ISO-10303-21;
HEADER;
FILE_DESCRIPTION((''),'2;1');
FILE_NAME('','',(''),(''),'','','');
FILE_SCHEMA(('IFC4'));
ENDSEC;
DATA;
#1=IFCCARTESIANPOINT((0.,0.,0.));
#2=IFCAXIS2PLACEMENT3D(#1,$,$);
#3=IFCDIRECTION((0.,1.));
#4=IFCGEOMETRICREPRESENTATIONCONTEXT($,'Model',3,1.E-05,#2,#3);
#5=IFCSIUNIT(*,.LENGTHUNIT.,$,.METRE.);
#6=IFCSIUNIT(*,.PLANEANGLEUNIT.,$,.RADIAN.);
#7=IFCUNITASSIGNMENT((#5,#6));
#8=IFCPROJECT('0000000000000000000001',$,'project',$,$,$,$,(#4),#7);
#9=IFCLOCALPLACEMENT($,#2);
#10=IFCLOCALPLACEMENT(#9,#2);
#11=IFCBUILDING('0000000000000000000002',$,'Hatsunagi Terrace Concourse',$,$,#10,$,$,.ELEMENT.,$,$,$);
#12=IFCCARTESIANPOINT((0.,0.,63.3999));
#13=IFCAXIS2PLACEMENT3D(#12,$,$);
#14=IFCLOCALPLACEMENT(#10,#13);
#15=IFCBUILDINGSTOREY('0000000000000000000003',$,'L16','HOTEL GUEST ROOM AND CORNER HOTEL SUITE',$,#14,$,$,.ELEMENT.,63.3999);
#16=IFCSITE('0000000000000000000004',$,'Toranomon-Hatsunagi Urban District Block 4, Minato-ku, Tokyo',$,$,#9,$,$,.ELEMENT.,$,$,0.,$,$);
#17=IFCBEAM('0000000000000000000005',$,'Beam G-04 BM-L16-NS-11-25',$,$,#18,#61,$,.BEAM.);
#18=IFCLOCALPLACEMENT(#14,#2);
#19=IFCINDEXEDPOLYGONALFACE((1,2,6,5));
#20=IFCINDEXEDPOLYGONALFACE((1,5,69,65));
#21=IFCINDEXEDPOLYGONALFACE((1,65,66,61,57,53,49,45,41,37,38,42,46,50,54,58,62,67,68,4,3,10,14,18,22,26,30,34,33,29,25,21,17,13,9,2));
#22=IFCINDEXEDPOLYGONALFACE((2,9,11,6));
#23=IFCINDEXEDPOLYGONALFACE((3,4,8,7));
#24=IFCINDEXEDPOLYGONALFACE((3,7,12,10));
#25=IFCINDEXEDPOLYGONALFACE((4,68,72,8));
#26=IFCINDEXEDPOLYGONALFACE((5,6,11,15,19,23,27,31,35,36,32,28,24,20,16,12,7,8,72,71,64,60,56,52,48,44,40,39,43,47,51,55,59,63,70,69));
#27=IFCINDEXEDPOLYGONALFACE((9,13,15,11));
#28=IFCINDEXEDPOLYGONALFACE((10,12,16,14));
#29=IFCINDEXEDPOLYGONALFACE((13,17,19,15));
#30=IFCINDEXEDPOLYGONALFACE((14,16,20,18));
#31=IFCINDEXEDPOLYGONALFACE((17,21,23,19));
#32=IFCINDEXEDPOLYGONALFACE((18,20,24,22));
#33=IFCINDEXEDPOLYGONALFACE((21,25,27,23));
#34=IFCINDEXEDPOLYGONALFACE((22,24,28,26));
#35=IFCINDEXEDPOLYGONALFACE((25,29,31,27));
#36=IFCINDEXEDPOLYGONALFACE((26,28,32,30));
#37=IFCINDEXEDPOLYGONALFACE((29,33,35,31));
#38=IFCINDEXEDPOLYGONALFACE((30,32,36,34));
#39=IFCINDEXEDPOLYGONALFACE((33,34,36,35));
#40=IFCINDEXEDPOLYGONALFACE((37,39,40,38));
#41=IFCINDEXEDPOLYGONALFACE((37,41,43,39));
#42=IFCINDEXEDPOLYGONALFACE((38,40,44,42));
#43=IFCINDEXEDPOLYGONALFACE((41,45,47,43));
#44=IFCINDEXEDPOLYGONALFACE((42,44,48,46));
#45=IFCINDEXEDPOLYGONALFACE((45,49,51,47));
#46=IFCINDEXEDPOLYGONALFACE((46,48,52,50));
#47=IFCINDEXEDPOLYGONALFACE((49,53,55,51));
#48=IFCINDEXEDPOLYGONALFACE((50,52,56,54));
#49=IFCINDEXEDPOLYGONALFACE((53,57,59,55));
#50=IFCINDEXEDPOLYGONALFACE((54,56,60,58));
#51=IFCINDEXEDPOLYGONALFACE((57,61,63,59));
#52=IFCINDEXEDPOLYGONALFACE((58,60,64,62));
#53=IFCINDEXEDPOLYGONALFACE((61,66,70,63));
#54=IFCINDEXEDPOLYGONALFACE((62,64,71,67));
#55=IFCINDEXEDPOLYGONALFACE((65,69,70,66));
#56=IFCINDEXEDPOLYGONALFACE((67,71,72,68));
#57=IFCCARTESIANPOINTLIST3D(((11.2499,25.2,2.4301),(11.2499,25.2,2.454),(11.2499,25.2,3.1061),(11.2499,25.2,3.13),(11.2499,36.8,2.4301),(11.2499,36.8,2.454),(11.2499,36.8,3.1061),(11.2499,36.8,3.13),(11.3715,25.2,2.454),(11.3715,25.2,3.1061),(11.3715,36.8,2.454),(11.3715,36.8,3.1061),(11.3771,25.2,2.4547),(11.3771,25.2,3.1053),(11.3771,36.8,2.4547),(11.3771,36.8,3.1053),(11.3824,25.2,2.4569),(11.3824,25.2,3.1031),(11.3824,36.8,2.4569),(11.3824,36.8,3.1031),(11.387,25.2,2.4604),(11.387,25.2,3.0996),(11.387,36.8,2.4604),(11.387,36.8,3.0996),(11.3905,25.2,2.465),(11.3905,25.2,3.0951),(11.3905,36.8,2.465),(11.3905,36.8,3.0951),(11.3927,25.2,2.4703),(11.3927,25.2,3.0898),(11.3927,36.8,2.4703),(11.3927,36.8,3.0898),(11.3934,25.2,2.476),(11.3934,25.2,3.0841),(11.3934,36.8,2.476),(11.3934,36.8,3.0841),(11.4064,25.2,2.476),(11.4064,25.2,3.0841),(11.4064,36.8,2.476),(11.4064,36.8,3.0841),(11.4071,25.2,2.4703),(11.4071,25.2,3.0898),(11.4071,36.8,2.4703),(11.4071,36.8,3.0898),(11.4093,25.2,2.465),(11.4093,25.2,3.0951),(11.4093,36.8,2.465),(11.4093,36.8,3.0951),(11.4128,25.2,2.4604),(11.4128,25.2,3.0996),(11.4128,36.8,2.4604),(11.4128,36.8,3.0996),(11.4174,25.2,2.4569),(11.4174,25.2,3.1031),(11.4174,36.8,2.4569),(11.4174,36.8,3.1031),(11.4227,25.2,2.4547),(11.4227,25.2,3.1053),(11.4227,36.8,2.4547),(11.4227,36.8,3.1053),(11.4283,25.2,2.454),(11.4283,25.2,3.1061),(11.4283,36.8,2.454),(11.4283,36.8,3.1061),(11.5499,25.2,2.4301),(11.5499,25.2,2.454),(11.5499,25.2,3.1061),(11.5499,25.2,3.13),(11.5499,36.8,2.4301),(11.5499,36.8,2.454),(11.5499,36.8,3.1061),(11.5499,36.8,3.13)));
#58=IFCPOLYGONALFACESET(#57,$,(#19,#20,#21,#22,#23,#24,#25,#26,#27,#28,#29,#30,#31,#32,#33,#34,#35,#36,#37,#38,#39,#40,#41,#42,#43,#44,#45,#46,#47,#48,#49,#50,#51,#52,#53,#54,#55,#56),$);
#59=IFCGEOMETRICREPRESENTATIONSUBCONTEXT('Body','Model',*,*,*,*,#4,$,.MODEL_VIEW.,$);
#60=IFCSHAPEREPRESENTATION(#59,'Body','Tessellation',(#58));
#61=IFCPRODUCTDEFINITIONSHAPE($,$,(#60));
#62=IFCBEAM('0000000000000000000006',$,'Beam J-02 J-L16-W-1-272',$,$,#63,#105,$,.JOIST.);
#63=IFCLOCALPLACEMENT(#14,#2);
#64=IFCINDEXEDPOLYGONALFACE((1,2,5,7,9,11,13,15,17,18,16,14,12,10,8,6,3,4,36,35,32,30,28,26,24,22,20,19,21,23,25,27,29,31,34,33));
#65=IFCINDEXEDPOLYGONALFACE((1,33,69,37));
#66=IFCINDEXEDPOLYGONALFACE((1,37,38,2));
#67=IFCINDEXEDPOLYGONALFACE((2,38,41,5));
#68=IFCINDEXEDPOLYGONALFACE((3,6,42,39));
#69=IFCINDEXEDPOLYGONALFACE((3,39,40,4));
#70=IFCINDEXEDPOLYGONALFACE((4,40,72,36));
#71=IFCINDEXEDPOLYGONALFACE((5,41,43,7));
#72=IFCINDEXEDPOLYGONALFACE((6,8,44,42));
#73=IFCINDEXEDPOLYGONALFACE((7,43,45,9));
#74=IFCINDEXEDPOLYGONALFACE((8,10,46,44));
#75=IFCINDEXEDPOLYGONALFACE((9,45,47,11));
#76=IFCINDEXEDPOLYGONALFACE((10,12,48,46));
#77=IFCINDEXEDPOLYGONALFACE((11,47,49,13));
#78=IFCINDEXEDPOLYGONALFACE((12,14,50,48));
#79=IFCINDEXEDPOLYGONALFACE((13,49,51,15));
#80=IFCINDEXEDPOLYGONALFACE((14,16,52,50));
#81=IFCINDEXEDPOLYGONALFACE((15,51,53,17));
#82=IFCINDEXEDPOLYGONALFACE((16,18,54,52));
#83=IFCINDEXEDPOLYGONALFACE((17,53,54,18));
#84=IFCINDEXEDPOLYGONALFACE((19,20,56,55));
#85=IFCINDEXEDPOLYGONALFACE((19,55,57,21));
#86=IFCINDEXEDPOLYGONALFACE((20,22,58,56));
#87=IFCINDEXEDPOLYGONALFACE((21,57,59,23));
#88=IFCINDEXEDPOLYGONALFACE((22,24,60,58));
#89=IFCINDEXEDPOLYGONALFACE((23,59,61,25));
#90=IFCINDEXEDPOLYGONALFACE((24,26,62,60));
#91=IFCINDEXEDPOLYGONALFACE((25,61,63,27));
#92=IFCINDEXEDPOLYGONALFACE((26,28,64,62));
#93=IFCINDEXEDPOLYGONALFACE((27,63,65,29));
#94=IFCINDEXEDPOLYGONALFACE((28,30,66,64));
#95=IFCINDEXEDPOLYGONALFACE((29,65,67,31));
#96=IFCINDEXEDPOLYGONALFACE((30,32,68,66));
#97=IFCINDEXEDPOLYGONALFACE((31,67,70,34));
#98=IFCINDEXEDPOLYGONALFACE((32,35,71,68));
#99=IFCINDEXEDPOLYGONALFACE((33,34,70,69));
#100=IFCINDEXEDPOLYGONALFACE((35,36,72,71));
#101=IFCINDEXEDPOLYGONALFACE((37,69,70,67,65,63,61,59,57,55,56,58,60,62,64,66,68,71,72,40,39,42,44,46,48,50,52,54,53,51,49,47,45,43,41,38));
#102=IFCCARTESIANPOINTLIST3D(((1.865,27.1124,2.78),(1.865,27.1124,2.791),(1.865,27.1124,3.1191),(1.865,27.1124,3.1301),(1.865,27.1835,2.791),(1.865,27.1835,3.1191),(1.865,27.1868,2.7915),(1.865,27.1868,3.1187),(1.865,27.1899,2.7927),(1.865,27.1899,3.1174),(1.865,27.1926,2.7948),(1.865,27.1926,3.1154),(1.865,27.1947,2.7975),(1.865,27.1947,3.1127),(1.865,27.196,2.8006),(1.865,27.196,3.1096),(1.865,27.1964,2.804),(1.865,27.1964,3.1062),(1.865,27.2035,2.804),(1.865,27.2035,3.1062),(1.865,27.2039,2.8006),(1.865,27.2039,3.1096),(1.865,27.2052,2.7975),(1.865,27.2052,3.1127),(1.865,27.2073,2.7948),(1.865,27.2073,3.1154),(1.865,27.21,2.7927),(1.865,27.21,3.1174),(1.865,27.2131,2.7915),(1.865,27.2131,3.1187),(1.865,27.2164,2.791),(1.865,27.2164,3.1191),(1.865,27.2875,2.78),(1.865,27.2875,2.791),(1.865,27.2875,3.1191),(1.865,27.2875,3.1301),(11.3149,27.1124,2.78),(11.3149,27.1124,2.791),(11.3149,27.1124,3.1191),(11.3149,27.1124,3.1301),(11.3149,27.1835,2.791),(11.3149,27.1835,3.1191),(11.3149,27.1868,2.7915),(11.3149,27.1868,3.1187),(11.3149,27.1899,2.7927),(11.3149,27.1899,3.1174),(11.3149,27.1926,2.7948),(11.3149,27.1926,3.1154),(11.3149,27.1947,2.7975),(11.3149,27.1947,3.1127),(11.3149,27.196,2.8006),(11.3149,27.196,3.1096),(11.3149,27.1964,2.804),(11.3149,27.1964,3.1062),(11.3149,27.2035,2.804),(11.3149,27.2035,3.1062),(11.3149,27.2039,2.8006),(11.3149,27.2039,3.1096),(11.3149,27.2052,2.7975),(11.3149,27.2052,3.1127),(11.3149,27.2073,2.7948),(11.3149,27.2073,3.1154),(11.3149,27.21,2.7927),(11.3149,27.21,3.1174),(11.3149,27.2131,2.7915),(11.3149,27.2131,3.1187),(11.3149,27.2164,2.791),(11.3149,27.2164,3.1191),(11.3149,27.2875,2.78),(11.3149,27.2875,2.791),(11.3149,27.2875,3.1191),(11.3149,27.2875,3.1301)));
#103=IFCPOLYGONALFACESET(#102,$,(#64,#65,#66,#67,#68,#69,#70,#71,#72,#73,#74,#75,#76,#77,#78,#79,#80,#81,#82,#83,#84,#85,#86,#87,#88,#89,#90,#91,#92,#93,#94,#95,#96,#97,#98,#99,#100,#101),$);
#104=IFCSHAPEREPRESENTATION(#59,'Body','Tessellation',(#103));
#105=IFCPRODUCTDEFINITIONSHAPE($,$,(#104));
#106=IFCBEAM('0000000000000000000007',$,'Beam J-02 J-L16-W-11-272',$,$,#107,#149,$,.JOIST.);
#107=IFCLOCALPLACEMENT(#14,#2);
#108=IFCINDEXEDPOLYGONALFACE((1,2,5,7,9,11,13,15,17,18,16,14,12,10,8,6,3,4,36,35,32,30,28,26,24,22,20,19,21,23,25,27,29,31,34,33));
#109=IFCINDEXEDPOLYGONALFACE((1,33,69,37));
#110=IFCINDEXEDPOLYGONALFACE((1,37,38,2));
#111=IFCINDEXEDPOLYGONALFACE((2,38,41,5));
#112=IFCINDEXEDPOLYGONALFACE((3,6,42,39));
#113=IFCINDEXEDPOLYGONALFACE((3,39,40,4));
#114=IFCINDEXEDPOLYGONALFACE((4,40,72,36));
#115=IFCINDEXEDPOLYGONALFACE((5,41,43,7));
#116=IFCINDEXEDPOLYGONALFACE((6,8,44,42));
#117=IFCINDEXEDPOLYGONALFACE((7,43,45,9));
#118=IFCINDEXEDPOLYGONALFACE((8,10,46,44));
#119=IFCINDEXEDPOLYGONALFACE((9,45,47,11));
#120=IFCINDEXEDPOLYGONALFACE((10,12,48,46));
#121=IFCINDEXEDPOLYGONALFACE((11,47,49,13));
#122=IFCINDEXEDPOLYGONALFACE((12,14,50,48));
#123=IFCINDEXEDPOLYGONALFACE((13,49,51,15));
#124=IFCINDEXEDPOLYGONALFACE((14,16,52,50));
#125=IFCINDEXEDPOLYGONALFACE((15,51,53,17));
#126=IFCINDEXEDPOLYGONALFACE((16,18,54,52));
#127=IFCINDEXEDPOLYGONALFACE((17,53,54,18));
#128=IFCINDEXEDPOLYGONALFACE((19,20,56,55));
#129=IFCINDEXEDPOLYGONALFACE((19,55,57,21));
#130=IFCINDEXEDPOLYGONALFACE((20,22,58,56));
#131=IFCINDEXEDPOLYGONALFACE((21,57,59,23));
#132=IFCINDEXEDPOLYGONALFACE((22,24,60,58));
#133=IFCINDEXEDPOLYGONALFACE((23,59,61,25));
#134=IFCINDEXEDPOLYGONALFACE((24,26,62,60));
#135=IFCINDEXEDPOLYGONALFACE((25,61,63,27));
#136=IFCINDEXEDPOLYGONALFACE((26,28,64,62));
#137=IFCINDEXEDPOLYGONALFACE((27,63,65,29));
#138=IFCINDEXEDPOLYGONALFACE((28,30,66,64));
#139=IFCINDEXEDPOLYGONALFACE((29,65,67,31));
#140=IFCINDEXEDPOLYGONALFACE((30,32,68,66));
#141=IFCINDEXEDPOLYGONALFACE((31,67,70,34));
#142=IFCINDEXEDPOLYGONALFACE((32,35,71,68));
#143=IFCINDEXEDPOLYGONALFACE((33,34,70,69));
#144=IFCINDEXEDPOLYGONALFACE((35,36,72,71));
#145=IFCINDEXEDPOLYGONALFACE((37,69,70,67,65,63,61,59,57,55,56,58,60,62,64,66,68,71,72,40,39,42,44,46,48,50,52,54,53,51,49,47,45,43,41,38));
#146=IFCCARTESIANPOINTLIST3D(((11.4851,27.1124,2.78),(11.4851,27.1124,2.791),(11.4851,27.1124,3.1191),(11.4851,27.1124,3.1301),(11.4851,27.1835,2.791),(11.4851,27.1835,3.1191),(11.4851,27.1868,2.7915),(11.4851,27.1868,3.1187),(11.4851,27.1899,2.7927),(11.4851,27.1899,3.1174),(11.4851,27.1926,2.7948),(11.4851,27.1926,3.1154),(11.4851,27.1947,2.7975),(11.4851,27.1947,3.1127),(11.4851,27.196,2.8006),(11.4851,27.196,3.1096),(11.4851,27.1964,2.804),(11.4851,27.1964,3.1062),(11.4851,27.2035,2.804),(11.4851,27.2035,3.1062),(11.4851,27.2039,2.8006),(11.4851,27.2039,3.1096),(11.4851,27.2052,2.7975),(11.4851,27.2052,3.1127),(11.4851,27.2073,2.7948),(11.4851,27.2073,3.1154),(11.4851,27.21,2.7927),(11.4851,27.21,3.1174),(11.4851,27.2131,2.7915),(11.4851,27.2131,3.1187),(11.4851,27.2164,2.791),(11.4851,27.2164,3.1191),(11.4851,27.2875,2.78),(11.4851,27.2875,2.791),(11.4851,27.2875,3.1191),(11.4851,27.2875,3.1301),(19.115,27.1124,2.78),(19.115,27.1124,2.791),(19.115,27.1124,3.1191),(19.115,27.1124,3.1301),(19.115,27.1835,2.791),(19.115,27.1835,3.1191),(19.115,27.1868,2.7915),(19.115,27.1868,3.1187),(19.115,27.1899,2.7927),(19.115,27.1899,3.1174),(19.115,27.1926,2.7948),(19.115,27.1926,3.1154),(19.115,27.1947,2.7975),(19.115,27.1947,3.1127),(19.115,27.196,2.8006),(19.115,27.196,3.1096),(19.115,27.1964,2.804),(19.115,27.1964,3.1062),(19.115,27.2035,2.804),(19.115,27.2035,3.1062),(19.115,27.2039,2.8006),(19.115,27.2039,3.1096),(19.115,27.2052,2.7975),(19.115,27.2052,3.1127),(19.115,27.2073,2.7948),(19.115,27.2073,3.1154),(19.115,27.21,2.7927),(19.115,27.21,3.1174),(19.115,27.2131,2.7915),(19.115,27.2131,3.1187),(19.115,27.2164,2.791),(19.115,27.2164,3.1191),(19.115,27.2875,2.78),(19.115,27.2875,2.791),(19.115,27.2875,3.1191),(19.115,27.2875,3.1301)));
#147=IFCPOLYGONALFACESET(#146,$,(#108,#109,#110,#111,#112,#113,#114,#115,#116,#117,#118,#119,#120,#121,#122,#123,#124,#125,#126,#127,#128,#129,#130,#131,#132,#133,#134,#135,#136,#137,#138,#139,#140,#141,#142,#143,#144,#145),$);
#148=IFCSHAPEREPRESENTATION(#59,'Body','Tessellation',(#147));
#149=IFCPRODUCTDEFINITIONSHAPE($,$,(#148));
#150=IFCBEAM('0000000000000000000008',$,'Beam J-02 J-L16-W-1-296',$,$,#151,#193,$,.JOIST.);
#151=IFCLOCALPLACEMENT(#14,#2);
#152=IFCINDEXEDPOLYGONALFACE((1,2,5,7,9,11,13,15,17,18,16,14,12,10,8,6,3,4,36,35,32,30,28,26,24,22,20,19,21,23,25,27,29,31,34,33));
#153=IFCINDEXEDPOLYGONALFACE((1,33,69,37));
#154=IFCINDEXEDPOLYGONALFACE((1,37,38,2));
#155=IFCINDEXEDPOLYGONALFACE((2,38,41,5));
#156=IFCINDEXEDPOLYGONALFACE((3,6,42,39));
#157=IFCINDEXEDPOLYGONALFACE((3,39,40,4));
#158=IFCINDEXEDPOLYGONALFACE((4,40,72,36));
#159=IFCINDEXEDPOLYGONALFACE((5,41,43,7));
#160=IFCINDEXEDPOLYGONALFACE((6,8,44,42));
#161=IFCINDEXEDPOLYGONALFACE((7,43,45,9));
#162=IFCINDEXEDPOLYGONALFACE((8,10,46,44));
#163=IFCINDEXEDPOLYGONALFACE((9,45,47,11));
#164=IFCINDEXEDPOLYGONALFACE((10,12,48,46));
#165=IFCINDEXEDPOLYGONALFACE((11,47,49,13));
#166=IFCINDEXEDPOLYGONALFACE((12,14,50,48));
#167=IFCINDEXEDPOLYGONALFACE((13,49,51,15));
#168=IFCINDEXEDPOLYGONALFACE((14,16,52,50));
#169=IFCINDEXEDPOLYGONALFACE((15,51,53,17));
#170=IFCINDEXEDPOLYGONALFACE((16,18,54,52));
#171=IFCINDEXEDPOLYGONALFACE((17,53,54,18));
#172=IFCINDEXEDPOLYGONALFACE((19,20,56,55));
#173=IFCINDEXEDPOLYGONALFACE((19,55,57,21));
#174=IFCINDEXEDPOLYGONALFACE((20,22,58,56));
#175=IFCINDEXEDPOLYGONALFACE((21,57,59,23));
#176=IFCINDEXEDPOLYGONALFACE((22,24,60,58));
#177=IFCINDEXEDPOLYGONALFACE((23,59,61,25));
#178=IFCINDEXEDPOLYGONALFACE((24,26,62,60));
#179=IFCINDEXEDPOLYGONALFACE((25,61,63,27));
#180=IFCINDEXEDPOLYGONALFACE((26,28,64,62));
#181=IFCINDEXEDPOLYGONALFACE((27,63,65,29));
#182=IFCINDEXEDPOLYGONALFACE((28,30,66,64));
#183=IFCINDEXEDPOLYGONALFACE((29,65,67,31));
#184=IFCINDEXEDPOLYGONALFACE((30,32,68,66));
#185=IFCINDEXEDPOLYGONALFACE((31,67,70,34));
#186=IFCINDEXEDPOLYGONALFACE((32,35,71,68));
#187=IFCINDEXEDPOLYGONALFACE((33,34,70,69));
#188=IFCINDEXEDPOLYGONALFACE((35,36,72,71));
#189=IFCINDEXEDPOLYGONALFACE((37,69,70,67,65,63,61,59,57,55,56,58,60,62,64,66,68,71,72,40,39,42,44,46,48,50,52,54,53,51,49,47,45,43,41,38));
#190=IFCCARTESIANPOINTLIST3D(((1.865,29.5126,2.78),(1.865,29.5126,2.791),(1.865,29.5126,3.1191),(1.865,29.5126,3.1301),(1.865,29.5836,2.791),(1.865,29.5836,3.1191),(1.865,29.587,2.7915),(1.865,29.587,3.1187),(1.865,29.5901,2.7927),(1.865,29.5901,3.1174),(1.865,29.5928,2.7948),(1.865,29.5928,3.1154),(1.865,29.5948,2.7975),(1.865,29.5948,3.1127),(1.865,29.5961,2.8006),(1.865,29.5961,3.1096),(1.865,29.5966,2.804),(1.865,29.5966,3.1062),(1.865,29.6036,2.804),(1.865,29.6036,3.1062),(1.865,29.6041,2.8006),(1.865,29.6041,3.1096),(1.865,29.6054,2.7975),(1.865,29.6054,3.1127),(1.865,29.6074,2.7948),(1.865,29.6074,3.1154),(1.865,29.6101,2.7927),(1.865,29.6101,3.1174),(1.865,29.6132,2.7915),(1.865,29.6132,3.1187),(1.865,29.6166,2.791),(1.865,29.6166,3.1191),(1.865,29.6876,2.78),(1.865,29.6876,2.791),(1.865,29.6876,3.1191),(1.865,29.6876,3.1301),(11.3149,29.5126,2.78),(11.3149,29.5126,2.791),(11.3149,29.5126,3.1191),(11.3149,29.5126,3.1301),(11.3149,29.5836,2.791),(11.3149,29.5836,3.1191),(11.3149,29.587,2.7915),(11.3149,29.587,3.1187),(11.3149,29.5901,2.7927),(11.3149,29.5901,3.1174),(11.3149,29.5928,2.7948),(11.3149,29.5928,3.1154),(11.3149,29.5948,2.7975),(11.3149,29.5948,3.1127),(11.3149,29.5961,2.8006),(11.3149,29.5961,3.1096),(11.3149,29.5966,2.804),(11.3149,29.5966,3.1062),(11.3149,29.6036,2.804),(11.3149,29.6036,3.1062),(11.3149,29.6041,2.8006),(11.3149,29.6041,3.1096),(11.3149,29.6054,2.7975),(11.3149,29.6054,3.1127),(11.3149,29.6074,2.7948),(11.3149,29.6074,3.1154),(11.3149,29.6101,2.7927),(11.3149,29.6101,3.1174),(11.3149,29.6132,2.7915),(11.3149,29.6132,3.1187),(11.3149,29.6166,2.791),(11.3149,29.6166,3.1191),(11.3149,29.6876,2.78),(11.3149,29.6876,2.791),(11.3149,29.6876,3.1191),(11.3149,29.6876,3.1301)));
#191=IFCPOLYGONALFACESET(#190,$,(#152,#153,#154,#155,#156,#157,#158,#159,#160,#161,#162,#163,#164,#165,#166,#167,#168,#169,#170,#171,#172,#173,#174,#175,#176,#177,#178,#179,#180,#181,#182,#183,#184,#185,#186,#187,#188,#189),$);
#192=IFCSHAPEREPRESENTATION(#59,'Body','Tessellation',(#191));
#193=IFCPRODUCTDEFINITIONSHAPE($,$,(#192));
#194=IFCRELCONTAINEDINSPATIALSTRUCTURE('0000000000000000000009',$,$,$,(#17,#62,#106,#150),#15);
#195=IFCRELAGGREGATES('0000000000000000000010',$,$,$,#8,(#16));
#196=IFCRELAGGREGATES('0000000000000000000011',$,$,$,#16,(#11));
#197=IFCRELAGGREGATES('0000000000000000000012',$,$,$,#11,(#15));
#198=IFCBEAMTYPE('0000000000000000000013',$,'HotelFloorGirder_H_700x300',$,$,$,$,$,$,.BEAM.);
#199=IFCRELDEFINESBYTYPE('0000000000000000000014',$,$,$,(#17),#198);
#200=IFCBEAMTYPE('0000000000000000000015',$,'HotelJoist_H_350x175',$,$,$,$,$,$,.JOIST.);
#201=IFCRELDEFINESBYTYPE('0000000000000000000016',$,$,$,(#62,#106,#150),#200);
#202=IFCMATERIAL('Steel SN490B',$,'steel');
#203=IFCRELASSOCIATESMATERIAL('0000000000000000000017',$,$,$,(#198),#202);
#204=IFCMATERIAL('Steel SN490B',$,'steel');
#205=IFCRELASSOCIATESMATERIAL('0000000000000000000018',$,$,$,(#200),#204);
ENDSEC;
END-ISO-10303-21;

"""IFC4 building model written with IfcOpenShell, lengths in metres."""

from ifc_helpers import new_model, si_unit, direction, frame, origin, origin_2d, place, context, subcontext, project, spatial, i_section, extrude, material, material_profile, profile_set, type_object, element, save


model = new_model("IFC4")

# Units and contexts
model_context = context("Model", 3, precision=1e-05, world=origin(), true_north=direction((0.0, 1.0)))
body_context = subcontext(model_context, "Body", "Model", "MODEL_VIEW")
ifc_project = project(units=[si_unit("LENGTHUNIT", "METRE"), si_unit("PLANEANGLEUNIT", "RADIAN")], contexts=[model_context])

# Site, building, storey
site_placement = place(None, origin())
site = spatial("IfcSite", under=ifc_project, at=site_placement, Name="Toranomon-Hatsunagi Urban District Block 4, Minato-ku, Tokyo", CompositionType="ELEMENT", RefElevation=0.0)
building_placement = place(site_placement, origin())
building = spatial("IfcBuilding", under=site, at=building_placement, Name="Hatsunagi Terrace Concourse", CompositionType="ELEMENT")
storey_placement = place(building_placement, frame((0.0, 0.0, 63.3999)))
storey = spatial("IfcBuildingStorey", under=building, at=storey_placement, Name="L16", Description="HOTEL GUEST ROOM AND CORNER HOTEL SUITE", CompositionType="ELEMENT", Elevation=63.3999)

# Beams
ifc_material_1 = material(Name="Steel SN490B", Category="steel")
ifc_material_profile_1 = material_profile(ifc_material_1, i_section(OverallWidth=0.3, OverallDepth=0.7, WebThickness=0.0129, FlangeThickness=0.0239, FilletRadius=0.022, at=origin_2d()), Name="H-700x300x13x24")
ifc_profile_set_1 = profile_set([ifc_material_profile_1], Name="Steel SN490B")
beam_type_1 = type_object("IfcBeamType", Name="HotelFloorGirder_H_700x300", PredefinedType="BEAM", material=ifc_profile_set_1)
beam_1_placement = place(storey_placement, frame((11.3999, 25.2, 2.78), z_axis=(0.0, 1.0, 0.0), x_axis=(-1.0, 0.0, 0.0)))
element("IfcBeam", 1, at=beam_1_placement, inside=storey, type_object=beam_type_1, Name="Beam G-04 BM-L16-NS-11-25", PredefinedType="BEAM", context=body_context, shape_type="SweptSolid", body=[
    extrude(i_section(OverallWidth=0.3, OverallDepth=0.7, WebThickness=0.0129, FlangeThickness=0.0239, FilletRadius=0.022, at=origin_2d()), origin(), (0.0, 0.0, 1.0), 11.6001),
])
ifc_material_2 = material(Name="Steel SN490B", Category="steel")
ifc_material_profile_2 = material_profile(ifc_material_2, i_section(OverallWidth=0.175, OverallDepth=0.3501, WebThickness=0.0071, FlangeThickness=0.011, FilletRadius=0.0129, at=origin_2d()), Name="H-350x175x7x11")
ifc_profile_set_2 = profile_set([ifc_material_profile_2], Name="Steel SN490B")
beam_type_2 = type_object("IfcBeamType", Name="HotelJoist_H_350x175", PredefinedType="JOIST", material=ifc_profile_set_2)
beam_2_placement = place(storey_placement, frame((1.865, 27.2, 2.9551), z_axis=(1.0, 0.0, 0.0), x_axis=(0.0, 1.0, 0.0)))
element("IfcBeam", 2, at=beam_2_placement, inside=storey, type_object=beam_type_2, Name="Beam J-02 J-L16-W-1-272", PredefinedType="JOIST", context=body_context, shape_type="SweptSolid", body=[
    extrude(i_section(OverallWidth=0.175, OverallDepth=0.3501, WebThickness=0.0071, FlangeThickness=0.011, FilletRadius=0.0129, at=origin_2d()), origin(), (0.0, 0.0, 1.0), 9.45),
])
beam_3_placement = place(storey_placement, frame((11.4851, 27.2, 2.9551), z_axis=(1.0, 0.0, 0.0), x_axis=(0.0, 1.0, 0.0)))
element("IfcBeam", 3, at=beam_3_placement, inside=storey, type_object=beam_type_2, Name="Beam J-02 J-L16-W-11-272", PredefinedType="JOIST", context=body_context, shape_type="SweptSolid", body=[
    extrude(i_section(OverallWidth=0.175, OverallDepth=0.3501, WebThickness=0.0071, FlangeThickness=0.011, FilletRadius=0.0129, at=origin_2d()), origin(), (0.0, 0.0, 1.0), 7.6299),
])
beam_4_placement = place(storey_placement, frame((1.865, 29.6001, 2.9551), z_axis=(1.0, 0.0, 0.0), x_axis=(0.0, 1.0, 0.0)))
element("IfcBeam", 4, at=beam_4_placement, inside=storey, type_object=beam_type_2, Name="Beam J-02 J-L16-W-1-296", PredefinedType="JOIST", context=body_context, shape_type="SweptSolid", body=[
    extrude(i_section(OverallWidth=0.175, OverallDepth=0.3501, WebThickness=0.0071, FlangeThickness=0.011, FilletRadius=0.0129, at=origin_2d()), origin(), (0.0, 0.0, 1.0), 9.45),
])

save(model, "model.ifc")
